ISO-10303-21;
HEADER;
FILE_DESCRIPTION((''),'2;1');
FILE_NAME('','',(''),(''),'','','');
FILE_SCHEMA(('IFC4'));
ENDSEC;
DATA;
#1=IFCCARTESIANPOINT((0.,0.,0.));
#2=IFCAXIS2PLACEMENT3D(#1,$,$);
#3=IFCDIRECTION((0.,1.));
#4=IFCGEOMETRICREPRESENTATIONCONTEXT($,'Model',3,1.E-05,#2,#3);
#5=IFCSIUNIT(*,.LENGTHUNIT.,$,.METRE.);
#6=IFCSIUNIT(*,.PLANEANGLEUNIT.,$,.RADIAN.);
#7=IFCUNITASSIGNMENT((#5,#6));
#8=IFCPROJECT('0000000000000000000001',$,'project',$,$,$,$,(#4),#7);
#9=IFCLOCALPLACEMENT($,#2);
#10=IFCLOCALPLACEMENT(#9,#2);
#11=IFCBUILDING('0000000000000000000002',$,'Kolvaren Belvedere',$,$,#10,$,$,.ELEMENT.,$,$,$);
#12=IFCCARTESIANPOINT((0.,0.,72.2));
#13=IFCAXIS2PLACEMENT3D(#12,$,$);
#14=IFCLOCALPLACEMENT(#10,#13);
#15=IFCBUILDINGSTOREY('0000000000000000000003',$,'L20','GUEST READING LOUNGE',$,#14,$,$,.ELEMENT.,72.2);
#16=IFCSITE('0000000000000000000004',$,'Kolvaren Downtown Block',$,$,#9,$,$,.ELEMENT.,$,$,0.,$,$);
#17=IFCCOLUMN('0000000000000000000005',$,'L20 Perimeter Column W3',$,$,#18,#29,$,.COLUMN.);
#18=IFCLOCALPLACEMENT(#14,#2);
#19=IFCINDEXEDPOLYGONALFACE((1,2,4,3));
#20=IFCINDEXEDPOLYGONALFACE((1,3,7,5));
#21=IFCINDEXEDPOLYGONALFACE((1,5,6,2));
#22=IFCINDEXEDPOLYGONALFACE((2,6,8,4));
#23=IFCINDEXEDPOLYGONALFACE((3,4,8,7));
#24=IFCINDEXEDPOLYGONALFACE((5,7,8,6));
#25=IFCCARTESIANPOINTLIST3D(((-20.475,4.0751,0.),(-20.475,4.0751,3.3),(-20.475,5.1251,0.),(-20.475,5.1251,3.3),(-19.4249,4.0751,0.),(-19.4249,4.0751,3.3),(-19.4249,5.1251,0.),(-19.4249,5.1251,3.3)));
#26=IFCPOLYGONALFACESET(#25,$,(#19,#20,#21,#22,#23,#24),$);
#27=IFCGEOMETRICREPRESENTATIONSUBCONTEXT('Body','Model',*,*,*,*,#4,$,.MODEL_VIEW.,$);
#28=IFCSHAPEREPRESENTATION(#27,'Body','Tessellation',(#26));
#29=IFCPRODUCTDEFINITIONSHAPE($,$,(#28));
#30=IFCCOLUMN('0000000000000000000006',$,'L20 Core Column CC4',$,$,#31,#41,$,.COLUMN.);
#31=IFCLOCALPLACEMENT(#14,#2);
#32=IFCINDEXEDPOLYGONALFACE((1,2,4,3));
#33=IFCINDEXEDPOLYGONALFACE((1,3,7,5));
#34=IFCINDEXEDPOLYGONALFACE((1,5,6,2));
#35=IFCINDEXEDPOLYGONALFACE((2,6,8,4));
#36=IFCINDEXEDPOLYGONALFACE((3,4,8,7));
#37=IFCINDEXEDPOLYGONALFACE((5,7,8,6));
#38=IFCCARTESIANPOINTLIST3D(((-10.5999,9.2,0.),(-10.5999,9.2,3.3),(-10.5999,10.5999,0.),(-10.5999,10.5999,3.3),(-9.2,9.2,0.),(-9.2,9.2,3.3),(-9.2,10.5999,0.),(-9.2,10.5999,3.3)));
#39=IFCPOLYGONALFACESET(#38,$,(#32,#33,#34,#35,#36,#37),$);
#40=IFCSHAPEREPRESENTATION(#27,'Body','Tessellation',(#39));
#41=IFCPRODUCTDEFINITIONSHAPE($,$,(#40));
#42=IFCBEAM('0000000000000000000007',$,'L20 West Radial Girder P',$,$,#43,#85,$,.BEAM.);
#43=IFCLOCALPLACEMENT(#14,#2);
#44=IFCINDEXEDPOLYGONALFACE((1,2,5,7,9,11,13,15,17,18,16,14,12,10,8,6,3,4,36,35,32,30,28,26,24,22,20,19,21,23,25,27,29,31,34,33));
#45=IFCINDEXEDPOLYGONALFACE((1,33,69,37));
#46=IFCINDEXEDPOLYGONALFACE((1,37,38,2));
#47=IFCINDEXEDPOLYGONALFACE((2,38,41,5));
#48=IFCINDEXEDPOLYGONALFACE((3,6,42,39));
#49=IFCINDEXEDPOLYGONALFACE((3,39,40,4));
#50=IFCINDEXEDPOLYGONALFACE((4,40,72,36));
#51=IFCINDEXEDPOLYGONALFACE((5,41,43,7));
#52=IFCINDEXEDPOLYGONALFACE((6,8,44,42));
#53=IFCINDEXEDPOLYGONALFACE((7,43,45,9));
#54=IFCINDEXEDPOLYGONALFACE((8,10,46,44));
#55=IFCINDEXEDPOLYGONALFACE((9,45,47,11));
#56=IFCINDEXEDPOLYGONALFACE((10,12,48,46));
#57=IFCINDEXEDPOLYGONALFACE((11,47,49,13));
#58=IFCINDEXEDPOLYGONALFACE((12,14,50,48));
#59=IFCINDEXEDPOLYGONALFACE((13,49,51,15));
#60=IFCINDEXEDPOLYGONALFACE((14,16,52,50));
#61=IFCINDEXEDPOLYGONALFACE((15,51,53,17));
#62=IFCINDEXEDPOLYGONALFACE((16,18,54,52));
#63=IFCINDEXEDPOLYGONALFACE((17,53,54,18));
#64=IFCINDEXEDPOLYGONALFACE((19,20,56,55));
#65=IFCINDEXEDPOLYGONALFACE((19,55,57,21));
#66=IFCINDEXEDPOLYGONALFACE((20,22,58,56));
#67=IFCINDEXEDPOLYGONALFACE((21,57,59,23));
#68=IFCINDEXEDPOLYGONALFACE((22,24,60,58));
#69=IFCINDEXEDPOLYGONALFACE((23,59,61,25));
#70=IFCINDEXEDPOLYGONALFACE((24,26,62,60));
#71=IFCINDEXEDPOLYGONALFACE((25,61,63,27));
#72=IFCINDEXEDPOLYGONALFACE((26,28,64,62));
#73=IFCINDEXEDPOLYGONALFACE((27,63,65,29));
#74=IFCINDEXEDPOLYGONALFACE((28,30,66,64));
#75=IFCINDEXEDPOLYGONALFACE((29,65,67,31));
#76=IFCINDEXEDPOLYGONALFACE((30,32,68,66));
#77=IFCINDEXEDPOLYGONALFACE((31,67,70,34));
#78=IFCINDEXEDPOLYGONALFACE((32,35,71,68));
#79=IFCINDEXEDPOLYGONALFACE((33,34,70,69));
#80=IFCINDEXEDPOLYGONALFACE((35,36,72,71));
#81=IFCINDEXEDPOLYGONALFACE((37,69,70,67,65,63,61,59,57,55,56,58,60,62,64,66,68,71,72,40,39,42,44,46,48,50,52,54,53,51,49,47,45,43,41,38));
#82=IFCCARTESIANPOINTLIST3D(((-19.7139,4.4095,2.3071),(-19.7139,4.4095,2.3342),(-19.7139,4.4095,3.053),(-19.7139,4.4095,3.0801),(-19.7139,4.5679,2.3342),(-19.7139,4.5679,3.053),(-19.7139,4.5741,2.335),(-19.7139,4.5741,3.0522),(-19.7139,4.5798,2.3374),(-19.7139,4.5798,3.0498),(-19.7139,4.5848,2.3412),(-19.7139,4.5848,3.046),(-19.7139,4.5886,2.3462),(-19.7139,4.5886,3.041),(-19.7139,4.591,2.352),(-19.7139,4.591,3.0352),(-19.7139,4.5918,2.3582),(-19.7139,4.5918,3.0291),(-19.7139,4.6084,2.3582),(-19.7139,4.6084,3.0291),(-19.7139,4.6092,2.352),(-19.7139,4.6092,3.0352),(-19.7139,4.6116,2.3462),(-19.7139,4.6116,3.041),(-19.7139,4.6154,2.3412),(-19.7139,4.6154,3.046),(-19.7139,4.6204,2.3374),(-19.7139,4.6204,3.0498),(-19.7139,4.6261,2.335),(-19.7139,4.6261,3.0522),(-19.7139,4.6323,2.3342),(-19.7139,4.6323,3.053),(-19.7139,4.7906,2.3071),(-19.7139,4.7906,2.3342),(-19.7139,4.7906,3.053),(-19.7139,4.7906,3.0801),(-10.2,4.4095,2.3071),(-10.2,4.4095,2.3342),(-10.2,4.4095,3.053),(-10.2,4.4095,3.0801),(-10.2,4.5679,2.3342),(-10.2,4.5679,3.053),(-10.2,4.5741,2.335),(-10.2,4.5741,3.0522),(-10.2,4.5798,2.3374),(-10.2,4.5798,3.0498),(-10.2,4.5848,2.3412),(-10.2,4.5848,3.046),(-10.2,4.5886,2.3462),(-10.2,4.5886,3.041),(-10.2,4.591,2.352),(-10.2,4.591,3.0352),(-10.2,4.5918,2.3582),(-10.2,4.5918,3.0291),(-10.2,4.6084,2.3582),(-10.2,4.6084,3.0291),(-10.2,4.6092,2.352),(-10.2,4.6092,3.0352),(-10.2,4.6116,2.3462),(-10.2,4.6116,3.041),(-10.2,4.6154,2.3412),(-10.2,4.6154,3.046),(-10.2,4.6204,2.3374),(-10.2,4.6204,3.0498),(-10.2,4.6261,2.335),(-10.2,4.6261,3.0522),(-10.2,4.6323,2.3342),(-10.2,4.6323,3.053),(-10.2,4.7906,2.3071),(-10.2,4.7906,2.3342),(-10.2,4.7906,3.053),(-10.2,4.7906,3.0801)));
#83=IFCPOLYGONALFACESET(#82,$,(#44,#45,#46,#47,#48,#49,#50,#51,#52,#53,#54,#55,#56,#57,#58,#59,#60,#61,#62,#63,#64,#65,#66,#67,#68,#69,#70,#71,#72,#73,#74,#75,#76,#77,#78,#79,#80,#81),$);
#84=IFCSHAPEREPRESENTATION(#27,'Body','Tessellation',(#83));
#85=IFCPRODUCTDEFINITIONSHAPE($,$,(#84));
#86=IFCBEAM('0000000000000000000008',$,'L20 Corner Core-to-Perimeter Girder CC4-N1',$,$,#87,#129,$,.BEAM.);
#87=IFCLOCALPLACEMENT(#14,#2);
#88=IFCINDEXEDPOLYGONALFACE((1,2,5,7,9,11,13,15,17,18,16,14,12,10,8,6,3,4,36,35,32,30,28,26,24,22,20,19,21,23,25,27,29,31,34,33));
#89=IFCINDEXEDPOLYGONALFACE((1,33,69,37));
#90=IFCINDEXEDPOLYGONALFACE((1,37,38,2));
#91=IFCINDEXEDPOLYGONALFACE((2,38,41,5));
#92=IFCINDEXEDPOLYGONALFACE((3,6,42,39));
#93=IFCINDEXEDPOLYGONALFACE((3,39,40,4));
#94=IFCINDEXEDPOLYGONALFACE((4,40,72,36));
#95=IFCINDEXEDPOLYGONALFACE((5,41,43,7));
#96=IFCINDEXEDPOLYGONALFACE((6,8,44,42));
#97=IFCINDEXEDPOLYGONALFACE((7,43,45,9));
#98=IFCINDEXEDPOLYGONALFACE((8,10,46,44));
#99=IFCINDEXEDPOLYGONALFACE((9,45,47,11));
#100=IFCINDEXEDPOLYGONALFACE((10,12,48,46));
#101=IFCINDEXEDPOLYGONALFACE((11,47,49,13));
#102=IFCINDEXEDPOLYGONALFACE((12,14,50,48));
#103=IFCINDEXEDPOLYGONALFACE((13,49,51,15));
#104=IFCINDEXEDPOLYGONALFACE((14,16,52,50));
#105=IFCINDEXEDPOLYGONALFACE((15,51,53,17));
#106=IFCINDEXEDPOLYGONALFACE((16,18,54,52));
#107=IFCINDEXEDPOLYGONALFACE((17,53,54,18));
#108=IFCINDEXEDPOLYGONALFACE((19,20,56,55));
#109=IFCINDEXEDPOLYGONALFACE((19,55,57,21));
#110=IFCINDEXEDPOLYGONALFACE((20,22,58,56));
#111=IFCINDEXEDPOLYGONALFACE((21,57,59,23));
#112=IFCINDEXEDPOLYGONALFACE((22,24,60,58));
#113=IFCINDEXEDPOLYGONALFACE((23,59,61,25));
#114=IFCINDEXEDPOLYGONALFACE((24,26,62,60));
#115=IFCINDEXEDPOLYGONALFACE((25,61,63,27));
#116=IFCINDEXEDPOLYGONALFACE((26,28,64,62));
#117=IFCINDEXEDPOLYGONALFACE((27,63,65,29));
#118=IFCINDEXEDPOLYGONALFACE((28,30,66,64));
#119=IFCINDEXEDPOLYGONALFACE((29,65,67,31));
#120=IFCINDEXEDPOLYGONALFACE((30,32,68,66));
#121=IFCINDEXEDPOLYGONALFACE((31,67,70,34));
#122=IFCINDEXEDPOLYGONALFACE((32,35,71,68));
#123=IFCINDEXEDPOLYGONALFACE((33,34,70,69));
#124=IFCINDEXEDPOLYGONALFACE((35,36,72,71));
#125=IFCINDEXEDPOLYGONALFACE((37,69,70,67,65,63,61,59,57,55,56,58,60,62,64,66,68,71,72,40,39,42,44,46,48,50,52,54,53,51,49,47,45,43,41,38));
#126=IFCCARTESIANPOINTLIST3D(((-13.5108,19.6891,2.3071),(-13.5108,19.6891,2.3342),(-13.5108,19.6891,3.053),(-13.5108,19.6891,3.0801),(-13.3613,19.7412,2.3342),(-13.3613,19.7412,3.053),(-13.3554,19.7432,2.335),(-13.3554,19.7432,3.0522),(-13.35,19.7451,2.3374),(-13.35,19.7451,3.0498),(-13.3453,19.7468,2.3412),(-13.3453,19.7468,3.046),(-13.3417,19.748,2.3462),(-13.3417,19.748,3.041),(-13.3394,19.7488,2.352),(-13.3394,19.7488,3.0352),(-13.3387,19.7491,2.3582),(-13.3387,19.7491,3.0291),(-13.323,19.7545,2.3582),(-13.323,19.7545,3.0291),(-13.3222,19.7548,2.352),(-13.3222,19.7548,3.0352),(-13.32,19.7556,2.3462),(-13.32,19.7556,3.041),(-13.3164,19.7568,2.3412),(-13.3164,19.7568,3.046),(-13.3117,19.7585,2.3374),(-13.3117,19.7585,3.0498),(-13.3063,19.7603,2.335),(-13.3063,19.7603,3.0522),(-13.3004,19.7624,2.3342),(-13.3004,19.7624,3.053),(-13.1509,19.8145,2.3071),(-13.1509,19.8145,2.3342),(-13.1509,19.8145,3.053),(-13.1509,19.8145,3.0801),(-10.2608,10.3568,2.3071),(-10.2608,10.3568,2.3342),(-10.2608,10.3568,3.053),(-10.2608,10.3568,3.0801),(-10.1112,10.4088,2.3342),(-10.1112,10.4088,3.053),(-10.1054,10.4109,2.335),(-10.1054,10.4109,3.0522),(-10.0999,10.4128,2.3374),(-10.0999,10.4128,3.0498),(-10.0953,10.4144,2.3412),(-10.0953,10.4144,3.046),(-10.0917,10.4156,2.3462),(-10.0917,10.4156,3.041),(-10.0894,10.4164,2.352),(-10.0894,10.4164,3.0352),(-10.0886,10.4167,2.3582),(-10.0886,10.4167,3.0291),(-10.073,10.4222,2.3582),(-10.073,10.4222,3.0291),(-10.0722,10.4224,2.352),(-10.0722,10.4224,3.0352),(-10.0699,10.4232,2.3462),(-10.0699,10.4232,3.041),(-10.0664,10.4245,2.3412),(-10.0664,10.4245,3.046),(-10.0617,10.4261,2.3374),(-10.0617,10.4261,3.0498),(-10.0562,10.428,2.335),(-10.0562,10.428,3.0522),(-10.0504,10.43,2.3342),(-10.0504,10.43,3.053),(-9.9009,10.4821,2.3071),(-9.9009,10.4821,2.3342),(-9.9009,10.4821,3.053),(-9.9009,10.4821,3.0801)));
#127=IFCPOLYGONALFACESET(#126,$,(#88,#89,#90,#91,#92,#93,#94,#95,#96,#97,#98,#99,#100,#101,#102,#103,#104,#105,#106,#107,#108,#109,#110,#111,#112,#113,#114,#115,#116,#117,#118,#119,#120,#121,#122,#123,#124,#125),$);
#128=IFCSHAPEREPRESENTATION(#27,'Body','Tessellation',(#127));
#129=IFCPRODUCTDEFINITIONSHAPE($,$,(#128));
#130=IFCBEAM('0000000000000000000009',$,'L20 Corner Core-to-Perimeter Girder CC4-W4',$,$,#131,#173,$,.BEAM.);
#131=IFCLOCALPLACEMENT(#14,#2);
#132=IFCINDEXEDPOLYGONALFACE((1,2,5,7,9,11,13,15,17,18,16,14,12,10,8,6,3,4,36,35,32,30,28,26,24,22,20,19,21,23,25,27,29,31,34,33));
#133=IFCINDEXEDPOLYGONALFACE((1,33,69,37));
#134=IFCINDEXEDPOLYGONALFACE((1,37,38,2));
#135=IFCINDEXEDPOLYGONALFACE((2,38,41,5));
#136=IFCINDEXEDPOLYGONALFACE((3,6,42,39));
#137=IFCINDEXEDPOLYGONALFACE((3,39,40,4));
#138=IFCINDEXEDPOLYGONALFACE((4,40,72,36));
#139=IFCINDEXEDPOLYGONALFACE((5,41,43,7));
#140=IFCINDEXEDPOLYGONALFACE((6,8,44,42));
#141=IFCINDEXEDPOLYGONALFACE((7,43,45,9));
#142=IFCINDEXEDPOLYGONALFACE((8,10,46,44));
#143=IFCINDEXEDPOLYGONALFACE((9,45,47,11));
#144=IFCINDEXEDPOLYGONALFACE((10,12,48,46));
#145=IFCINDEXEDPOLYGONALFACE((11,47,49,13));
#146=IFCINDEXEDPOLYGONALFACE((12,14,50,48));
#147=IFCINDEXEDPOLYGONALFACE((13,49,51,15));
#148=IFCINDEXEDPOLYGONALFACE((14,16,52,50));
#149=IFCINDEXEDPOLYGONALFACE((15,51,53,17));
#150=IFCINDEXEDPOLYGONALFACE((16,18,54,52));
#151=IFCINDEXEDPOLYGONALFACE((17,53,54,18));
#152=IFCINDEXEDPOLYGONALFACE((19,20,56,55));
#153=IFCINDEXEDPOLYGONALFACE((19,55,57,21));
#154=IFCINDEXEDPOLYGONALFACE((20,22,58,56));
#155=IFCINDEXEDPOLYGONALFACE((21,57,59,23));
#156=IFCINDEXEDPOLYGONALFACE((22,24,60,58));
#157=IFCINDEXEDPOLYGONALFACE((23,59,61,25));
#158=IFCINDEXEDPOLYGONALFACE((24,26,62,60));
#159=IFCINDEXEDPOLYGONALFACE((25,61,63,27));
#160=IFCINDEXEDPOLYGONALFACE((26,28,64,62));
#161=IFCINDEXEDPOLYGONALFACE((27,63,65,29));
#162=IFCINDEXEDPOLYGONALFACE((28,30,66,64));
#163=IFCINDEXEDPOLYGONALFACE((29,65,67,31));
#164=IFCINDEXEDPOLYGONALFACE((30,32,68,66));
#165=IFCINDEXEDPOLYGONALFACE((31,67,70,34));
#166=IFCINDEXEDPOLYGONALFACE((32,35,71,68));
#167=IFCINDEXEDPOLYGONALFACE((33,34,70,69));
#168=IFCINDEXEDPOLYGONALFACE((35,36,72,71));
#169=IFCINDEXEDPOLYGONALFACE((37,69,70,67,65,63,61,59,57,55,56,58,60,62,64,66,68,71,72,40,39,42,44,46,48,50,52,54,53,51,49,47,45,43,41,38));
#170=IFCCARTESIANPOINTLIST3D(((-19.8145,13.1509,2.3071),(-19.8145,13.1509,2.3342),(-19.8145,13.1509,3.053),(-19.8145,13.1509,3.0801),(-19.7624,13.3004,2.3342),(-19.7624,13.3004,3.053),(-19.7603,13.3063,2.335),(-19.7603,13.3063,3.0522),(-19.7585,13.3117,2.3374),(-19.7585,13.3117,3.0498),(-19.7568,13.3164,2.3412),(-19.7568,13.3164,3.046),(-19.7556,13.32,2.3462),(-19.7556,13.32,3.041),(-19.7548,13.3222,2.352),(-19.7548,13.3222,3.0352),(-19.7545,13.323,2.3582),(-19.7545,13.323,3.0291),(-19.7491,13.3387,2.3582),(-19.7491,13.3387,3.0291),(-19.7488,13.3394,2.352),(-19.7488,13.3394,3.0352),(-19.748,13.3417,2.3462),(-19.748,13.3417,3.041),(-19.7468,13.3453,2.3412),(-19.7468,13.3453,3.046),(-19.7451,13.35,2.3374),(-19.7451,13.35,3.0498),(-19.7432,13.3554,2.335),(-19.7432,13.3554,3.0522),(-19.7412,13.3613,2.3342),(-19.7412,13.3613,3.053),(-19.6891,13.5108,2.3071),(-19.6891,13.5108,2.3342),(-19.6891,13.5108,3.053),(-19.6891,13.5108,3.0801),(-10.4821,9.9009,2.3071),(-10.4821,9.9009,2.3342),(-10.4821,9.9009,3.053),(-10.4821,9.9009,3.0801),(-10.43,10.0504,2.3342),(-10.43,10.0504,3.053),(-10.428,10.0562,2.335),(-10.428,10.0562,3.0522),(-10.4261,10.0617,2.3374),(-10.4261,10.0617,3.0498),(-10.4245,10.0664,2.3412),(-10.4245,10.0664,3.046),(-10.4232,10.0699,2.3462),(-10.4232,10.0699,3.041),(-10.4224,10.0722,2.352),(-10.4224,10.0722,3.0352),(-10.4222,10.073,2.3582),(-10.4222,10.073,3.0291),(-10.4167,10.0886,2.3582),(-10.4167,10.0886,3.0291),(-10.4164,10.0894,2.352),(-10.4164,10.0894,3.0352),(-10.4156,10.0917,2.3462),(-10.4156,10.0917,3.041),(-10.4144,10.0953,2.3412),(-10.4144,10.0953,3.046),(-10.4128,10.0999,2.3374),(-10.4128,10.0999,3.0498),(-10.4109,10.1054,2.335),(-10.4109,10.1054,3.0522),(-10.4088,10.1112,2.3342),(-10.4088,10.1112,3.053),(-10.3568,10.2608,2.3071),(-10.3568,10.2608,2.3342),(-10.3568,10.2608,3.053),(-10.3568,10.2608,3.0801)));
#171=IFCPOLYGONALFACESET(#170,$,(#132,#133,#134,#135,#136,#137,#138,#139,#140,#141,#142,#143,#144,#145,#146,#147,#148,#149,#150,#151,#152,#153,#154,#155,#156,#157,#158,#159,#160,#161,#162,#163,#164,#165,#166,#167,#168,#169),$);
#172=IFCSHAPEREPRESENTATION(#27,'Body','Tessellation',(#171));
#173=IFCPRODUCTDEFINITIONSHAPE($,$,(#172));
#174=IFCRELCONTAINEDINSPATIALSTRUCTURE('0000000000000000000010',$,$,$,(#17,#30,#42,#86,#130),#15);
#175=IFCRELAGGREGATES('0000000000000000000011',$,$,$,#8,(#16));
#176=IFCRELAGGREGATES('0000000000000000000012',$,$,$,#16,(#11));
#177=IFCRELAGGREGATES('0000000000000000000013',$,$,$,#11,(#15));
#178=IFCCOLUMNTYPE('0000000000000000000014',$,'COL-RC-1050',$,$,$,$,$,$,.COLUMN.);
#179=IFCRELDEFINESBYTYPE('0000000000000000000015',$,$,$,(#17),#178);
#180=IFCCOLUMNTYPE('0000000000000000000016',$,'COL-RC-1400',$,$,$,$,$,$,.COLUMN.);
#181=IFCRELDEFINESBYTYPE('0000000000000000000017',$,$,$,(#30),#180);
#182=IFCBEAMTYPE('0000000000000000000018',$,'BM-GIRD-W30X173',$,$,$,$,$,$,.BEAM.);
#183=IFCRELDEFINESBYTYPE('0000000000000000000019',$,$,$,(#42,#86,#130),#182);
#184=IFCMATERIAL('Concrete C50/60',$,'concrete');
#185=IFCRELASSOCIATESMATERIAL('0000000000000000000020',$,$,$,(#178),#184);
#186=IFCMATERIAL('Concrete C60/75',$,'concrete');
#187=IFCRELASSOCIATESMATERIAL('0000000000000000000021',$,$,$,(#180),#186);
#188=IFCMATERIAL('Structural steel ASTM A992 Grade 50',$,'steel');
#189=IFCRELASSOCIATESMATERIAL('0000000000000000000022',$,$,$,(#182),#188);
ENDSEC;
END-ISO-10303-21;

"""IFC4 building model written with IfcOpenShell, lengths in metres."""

from ifc_helpers import new_model, si_unit, direction, frame, origin, origin_2d, place, context, subcontext, project, spatial, rectangle, i_section, extrude, material, material_profile, profile_set, type_object, element, save


model = new_model("IFC4")

# Units and contexts
model_context = context("Model", 3, precision=1e-05, world=origin(), true_north=direction((0.0, 1.0)))
body_context = subcontext(model_context, "Body", "Model", "MODEL_VIEW")
ifc_project = project(units=[si_unit("LENGTHUNIT", "METRE"), si_unit("PLANEANGLEUNIT", "RADIAN")], contexts=[model_context])

# Site, building, storey
site_placement = place(None, origin())
site = spatial("IfcSite", under=ifc_project, at=site_placement, Name="Kolvaren Downtown Block", CompositionType="ELEMENT", RefElevation=0.0)
building_placement = place(site_placement, origin())
building = spatial("IfcBuilding", under=site, at=building_placement, Name="Kolvaren Belvedere", CompositionType="ELEMENT")
storey_placement = place(building_placement, frame((0.0, 0.0, 72.2)))
storey = spatial("IfcBuildingStorey", under=building, at=storey_placement, Name="L20", Description="GUEST READING LOUNGE", CompositionType="ELEMENT", Elevation=72.2)

# Columns
ifc_material_1 = material(Name="Concrete C50/60", Category="concrete")
ifc_material_profile_1 = material_profile(ifc_material_1, rectangle(XDim=1.05, YDim=1.05, at=origin_2d()), Name="RC 1050X1050")
ifc_profile_set_1 = profile_set([ifc_material_profile_1], Name="Concrete C50/60")
column_type_1 = type_object("IfcColumnType", Name="COL-RC-1050", PredefinedType="COLUMN", material=ifc_profile_set_1)
column_1_placement = place(storey_placement, frame((-19.95, 4.6001, 0.0), z_axis=(0.0, 0.0, 1.0), x_axis=(1.0, 0.0, 0.0)))
element("IfcColumn", 1, at=column_1_placement, inside=storey, type_object=column_type_1, Name="L20 Perimeter Column W3", PredefinedType="COLUMN", context=body_context, shape_type="SweptSolid", body=[
    extrude(rectangle(XDim=1.05, YDim=1.05, at=origin_2d()), origin(), (0.0, 0.0, 1.0), 3.3),
])
ifc_material_2 = material(Name="Concrete C60/75", Category="concrete")
ifc_material_profile_2 = material_profile(ifc_material_2, rectangle(XDim=1.3999, YDim=1.3999, at=origin_2d()), Name="RC 1400X1400")
ifc_profile_set_2 = profile_set([ifc_material_profile_2], Name="Concrete C60/75")
column_type_2 = type_object("IfcColumnType", Name="COL-RC-1400", PredefinedType="COLUMN", material=ifc_profile_set_2)
column_2_placement = place(storey_placement, frame((-9.8999, 9.8999, 0.0), z_axis=(0.0, 0.0, 1.0), x_axis=(1.0, 0.0, 0.0)))
element("IfcColumn", 2, at=column_2_placement, inside=storey, type_object=column_type_2, Name="L20 Core Column CC4", PredefinedType="COLUMN", context=body_context, shape_type="SweptSolid", body=[
    extrude(rectangle(XDim=1.3999, YDim=1.3999, at=origin_2d()), origin(), (0.0, 0.0, 1.0), 3.3),
])

# Beams
ifc_material_3 = material(Name="Structural steel ASTM A992 Grade 50", Category="steel")
ifc_material_profile_3 = material_profile(ifc_material_3, i_section(OverallWidth=0.3811, OverallDepth=0.7729, WebThickness=0.0166, FlangeThickness=0.0271, FilletRadius=0.0239, at=origin_2d()), Name="W30X173")
ifc_profile_set_3 = profile_set([ifc_material_profile_3], Name="Structural steel ASTM A992 Grade 50")
beam_type_1 = type_object("IfcBeamType", Name="BM-GIRD-W30X173", PredefinedType="BEAM", material=ifc_profile_set_3)
beam_1_placement = place(storey_placement, frame((-10.2, 4.6001, 2.6936), z_axis=(-1.0, 0.0, 0.0), x_axis=(0.0, -1.0, 0.0)))
element("IfcBeam", 3, at=beam_1_placement, inside=storey, type_object=beam_type_1, Name="L20 West Radial Girder P", PredefinedType="BEAM", context=body_context, shape_type="SweptSolid", body=[
    extrude(i_section(OverallWidth=0.3811, OverallDepth=0.7729, WebThickness=0.0166, FlangeThickness=0.0271, FilletRadius=0.0239, at=origin_2d()), origin(), (0.0, 0.0, 1.0), 9.5139),
])
for number, where, z_axis, x_axis, name in (
    (4, (-10.0808, 10.4194, 2.6936), (-0.328881, 0.944371, 0.0), (-0.944371, -0.328881, 0.0), "L20 Corner Core-to-Perimeter Girder CC4-N1"),
    (5, (-10.4194, 10.0808, 2.6936), (-0.944371, 0.328881, 0.0), (-0.328881, -0.944371, 0.0), "L20 Corner Core-to-Perimeter Girder CC4-W4"),
):
    element("IfcBeam", number, at=place(storey_placement, frame(where, z_axis=z_axis, x_axis=x_axis)), inside=storey, type_object=beam_type_1, Name=name, PredefinedType="BEAM", context=body_context, shape_type="SweptSolid", body=[
        extrude(i_section(OverallWidth=0.3811, OverallDepth=0.7729, WebThickness=0.0166, FlangeThickness=0.0271, FilletRadius=0.0239, at=origin_2d()), origin(), (0.0, 0.0, 1.0), 9.8821),
    ])

save(model, "model.ifc")
